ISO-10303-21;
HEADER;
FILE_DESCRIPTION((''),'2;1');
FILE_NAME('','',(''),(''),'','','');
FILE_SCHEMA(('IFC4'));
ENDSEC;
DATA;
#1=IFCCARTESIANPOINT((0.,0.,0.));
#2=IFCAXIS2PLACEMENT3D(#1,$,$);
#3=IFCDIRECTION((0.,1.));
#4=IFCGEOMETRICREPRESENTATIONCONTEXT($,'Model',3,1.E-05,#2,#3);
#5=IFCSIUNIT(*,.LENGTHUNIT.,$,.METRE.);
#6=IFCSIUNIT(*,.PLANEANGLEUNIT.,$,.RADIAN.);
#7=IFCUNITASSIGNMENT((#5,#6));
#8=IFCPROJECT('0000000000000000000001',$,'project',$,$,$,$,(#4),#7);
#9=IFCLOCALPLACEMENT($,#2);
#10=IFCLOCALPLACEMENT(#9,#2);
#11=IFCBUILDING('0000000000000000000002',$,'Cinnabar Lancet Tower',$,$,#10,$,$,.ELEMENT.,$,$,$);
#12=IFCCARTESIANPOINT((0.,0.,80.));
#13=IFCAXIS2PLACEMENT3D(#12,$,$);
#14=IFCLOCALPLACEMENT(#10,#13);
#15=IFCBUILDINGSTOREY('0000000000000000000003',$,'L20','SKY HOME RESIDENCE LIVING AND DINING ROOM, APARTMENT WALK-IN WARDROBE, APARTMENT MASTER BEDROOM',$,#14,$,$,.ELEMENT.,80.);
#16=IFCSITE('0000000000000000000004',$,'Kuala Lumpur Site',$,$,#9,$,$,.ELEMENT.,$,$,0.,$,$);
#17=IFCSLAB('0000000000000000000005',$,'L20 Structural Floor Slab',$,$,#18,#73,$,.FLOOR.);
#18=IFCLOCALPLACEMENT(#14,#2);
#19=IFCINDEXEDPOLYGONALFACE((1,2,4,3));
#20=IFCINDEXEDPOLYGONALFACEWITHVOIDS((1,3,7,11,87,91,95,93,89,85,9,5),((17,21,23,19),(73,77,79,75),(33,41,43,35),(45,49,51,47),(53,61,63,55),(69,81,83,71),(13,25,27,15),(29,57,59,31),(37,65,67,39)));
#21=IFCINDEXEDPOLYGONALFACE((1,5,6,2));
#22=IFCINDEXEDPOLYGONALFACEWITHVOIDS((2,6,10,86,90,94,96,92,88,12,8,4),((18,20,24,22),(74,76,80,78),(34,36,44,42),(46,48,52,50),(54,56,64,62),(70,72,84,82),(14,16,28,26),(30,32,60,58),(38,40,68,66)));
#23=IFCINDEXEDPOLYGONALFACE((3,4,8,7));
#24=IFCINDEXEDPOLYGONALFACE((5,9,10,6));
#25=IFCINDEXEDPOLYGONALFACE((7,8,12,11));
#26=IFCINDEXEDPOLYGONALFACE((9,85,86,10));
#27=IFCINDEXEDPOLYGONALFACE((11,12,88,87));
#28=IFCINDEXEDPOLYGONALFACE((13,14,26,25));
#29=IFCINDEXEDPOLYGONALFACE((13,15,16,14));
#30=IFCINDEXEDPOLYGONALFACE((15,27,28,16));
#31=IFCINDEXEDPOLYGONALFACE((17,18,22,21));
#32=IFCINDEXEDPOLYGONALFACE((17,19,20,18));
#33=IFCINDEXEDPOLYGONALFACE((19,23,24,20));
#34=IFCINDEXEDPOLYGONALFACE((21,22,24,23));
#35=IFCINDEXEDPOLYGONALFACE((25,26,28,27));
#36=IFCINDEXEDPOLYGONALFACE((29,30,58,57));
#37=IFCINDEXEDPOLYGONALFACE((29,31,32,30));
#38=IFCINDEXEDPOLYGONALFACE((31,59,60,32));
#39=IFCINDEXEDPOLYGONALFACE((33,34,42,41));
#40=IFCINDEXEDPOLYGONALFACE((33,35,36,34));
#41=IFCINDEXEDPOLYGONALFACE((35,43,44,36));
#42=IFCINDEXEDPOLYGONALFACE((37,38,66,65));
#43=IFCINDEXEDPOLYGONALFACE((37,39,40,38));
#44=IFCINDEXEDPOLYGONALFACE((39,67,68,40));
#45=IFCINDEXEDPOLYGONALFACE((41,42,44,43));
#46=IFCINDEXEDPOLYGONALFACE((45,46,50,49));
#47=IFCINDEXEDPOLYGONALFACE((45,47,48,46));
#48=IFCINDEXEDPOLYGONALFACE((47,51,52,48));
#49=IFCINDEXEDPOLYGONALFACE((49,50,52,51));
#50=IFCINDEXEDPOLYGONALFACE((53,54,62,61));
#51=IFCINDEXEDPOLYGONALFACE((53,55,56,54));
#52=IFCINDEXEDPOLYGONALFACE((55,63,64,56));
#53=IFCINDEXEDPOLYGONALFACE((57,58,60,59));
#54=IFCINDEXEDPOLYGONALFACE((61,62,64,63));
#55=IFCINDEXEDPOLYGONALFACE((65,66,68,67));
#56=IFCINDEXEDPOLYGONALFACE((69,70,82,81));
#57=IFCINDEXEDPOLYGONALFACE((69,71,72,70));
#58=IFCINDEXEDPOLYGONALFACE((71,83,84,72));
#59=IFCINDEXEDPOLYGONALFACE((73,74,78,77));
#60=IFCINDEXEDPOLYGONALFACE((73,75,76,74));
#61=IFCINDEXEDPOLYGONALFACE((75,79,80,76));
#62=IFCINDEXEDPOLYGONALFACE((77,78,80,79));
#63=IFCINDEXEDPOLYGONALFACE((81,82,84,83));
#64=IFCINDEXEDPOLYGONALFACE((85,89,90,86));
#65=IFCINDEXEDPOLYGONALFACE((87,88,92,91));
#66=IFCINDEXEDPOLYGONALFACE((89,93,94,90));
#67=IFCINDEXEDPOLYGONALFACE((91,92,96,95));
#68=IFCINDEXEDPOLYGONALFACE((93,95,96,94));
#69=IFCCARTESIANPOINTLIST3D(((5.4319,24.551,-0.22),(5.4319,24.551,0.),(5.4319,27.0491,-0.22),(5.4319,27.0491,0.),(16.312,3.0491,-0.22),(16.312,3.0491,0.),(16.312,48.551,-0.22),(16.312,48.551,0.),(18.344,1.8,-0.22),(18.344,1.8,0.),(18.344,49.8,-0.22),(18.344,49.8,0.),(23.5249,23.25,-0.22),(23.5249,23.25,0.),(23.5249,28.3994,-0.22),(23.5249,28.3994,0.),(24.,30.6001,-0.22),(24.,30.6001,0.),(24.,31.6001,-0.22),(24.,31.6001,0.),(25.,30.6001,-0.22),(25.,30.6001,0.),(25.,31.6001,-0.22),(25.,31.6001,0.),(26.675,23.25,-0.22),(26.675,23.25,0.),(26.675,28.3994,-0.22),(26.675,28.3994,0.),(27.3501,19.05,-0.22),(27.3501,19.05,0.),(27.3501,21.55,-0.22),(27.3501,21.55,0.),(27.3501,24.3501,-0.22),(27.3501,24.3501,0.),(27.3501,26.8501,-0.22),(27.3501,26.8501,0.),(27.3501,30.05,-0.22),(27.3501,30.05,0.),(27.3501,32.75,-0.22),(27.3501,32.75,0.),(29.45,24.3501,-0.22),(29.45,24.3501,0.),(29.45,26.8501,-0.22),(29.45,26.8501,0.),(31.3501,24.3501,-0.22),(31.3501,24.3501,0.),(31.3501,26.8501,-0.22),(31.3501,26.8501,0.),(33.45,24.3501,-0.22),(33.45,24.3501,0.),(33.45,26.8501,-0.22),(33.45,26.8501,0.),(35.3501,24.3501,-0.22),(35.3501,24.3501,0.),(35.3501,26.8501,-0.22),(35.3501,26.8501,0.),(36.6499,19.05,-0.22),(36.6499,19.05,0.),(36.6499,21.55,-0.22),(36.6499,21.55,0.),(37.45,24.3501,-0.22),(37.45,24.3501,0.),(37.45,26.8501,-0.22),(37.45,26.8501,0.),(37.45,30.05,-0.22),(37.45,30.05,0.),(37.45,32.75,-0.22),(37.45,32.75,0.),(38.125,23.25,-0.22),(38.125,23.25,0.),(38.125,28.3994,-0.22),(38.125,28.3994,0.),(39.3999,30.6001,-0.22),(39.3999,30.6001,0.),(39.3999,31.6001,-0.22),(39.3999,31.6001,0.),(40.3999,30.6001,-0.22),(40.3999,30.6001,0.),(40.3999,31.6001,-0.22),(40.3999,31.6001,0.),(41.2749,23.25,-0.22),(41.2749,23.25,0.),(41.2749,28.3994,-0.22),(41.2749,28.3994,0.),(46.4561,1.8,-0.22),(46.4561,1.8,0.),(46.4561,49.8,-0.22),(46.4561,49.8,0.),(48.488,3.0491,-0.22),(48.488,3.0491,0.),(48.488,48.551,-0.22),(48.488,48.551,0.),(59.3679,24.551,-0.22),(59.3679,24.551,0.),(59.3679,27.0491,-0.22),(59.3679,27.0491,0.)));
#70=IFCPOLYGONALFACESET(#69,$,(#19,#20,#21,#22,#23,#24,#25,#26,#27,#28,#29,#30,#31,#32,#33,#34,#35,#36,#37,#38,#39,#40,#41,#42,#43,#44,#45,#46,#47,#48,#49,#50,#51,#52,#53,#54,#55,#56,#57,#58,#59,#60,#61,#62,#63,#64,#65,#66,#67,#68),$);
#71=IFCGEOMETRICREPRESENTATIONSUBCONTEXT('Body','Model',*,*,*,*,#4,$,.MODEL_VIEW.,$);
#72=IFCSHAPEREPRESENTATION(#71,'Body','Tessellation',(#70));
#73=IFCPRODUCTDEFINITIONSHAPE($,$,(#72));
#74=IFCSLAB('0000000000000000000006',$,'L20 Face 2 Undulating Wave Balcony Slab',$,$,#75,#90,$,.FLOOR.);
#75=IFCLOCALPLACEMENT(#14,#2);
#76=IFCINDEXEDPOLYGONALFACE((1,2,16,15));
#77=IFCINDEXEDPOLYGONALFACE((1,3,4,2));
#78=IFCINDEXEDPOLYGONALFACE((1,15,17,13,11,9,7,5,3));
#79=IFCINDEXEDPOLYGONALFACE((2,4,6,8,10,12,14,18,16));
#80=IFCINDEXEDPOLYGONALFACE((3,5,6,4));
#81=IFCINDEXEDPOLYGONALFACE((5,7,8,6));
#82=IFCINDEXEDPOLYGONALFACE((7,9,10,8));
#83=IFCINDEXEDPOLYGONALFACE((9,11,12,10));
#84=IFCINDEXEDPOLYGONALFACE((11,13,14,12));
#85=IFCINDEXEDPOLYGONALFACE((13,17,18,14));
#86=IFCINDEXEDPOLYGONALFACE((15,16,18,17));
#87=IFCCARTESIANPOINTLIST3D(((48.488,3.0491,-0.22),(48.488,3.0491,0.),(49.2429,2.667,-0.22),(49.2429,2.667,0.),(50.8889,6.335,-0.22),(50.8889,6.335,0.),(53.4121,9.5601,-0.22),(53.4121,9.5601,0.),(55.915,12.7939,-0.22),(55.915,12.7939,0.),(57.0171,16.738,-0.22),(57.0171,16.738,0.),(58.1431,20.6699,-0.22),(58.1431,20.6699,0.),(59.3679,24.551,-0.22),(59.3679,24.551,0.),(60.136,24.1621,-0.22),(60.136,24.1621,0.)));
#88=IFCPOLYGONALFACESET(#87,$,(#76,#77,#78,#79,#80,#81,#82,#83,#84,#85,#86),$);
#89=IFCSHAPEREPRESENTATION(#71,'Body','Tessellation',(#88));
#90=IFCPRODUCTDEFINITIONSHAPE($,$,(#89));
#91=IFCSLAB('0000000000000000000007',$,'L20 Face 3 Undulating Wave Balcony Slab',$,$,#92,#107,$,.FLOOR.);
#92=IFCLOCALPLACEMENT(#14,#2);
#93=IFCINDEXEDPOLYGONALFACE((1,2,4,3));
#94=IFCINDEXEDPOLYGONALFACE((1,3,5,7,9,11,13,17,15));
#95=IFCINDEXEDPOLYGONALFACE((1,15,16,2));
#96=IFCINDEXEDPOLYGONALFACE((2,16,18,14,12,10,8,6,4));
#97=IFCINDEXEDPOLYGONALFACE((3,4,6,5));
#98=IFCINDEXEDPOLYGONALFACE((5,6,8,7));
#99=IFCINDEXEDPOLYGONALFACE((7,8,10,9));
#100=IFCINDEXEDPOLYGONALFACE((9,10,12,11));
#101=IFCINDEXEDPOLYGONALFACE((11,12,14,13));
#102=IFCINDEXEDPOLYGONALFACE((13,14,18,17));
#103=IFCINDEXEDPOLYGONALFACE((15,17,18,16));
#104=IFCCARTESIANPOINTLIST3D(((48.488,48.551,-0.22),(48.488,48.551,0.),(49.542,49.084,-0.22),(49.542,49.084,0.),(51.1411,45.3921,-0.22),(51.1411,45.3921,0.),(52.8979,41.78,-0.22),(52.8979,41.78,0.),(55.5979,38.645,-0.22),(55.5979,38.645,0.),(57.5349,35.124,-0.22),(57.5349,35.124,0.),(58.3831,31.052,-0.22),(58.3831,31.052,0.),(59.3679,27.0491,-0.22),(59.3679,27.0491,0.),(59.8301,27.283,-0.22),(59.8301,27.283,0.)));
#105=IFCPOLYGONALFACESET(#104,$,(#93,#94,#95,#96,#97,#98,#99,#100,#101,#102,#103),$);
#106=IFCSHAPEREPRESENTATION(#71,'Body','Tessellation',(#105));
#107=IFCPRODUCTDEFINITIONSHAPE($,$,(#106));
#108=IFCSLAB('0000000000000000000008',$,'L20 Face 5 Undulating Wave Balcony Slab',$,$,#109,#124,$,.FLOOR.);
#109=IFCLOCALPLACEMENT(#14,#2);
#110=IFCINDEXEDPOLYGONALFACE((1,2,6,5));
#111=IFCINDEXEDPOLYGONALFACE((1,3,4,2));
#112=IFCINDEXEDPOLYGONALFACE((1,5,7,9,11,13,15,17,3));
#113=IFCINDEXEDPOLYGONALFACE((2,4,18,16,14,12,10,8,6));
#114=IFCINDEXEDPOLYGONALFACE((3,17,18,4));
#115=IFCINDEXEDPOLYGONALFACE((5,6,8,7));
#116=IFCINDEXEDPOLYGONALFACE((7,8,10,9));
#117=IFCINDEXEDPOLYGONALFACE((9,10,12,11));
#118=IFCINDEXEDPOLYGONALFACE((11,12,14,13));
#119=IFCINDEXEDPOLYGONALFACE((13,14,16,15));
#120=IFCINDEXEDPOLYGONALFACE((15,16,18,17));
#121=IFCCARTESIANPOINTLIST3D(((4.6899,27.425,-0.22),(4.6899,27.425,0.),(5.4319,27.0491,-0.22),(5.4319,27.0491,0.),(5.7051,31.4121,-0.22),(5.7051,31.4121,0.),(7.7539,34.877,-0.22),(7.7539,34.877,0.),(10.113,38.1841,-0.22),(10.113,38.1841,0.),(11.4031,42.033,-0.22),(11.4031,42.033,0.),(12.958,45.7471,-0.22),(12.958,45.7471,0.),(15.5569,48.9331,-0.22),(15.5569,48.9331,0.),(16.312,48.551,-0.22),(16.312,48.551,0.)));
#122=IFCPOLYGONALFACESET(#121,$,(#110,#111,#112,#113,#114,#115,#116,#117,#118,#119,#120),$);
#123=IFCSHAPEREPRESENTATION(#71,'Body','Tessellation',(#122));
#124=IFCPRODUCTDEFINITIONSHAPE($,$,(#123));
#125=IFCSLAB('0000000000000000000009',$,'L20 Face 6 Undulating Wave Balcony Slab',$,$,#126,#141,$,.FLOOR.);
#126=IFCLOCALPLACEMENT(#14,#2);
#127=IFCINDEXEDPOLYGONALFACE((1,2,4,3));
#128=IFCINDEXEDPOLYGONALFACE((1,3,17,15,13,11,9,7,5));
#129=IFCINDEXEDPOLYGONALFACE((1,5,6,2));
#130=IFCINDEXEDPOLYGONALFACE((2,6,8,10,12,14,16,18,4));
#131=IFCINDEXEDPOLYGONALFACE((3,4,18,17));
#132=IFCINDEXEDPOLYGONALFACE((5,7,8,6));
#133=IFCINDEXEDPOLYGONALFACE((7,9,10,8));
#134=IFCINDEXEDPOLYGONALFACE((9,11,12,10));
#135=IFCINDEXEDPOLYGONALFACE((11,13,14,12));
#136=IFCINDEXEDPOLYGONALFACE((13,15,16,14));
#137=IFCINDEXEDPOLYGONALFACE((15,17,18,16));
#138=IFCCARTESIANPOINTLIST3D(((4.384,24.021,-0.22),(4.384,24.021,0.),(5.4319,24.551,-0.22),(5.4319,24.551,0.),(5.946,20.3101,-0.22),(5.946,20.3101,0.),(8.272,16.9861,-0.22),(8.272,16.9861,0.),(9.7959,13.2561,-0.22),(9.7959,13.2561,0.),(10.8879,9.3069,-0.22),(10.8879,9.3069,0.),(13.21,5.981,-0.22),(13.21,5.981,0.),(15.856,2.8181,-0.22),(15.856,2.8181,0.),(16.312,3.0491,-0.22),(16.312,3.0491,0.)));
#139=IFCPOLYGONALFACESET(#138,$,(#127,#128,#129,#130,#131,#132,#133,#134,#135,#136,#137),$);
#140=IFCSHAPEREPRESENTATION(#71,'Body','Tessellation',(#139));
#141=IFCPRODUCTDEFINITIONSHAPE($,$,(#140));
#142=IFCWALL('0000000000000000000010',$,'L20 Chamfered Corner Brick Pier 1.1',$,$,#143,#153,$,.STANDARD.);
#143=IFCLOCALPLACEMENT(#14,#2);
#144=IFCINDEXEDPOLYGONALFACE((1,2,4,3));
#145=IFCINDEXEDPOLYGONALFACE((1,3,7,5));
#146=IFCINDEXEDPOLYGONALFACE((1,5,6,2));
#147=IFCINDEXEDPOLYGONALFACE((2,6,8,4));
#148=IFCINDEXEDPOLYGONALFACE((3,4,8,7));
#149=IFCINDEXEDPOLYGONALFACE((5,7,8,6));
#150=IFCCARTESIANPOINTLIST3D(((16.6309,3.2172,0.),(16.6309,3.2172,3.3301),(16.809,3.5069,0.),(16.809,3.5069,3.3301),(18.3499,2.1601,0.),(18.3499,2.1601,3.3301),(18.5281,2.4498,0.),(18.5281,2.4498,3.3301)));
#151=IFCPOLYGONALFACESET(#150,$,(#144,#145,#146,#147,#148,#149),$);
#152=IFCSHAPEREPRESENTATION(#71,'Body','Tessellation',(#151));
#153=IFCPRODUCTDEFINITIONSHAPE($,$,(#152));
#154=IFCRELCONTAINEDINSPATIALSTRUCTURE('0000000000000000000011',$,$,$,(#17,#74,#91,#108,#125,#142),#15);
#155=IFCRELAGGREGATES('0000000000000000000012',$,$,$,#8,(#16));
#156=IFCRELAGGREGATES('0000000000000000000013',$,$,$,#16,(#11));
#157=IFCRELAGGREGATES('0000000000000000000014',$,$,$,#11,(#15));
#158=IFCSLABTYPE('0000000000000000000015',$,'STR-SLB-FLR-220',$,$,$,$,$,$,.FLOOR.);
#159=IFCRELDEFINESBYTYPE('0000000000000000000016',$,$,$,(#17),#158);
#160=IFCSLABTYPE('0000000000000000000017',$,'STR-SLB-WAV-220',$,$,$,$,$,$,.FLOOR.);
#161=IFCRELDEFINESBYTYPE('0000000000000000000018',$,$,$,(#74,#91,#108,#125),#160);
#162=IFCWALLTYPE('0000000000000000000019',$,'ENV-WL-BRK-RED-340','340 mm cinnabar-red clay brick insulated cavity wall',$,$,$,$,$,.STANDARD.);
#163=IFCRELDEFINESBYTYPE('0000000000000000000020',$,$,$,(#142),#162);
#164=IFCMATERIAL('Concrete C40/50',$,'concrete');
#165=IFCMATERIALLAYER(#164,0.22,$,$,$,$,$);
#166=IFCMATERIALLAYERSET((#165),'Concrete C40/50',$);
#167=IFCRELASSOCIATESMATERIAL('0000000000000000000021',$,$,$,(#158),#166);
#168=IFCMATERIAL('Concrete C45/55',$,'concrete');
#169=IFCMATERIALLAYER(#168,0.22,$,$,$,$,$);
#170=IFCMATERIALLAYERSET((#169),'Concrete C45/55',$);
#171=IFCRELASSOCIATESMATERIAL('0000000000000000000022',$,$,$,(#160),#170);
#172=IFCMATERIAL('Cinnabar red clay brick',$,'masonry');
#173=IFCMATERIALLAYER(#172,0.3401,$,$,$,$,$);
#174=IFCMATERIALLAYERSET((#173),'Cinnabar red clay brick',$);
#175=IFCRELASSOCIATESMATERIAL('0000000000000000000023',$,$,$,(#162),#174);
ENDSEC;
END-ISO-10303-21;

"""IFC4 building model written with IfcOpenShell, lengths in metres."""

from ifc_helpers import new_model, si_unit, direction, frame, frame_2d, origin, place, context, subcontext, project, spatial, polyline, rectangle, outline, extrude, material, layer, layer_set, type_object, element, save


model = new_model("IFC4")

# Units and contexts
model_context = context("Model", 3, precision=1e-05, world=origin(), true_north=direction((0.0, 1.0)))
body_context = subcontext(model_context, "Body", "Model", "MODEL_VIEW")
ifc_project = project(units=[si_unit("LENGTHUNIT", "METRE"), si_unit("PLANEANGLEUNIT", "RADIAN")], contexts=[model_context])

# Site, building, storey
site_placement = place(None, origin())
site = spatial("IfcSite", under=ifc_project, at=site_placement, Name="Kuala Lumpur Site", CompositionType="ELEMENT", RefElevation=0.0)
building_placement = place(site_placement, origin())
building = spatial("IfcBuilding", under=site, at=building_placement, Name="Cinnabar Lancet Tower", CompositionType="ELEMENT")
storey_placement = place(building_placement, frame((0.0, 0.0, 80.0)))
storey = spatial("IfcBuildingStorey", under=building, at=storey_placement, Name="L20", Description="SKY HOME RESIDENCE LIVING AND DINING ROOM, APARTMENT WALK-IN WARDROBE, APARTMENT MASTER BEDROOM", CompositionType="ELEMENT", Elevation=80.0)

# Slabs
ifc_material_1 = material(Name="Concrete C40/50", Category="concrete")
ifc_layer_1 = layer(ifc_material_1, 0.22)
ifc_layer_set_1 = layer_set([ifc_layer_1], Name="Concrete C40/50")
slab_type_1 = type_object("IfcSlabType", Name="STR-SLB-FLR-220", PredefinedType="FLOOR", material=ifc_layer_set_1)
slab_1_placement = place(storey_placement, frame((0.0, 0.0, -0.22)))
element("IfcSlab", 1, at=slab_1_placement, inside=storey, type_object=slab_type_1, Name="L20 Structural Floor Slab", PredefinedType="FLOOR", context=body_context, shape_type="SweptSolid", body=[
    extrude(outline(polyline([(16.312, 3.0491), (18.344, 1.8), (46.4561, 1.8), (48.488, 3.0491), (59.3679, 24.551), (59.3679, 27.0491), (48.488, 48.551), (46.4561, 49.8), (18.344, 49.8), (16.312, 48.551), (5.4319, 27.0491), (5.4319, 24.551), (16.312, 3.0491)]), holes=[polyline([(23.5249, 23.25), (26.675, 23.25), (26.675, 28.3994), (23.5249, 28.3994), (23.5249, 23.25)]), polyline([(38.125, 23.25), (41.2749, 23.25), (41.2749, 28.3994), (38.125, 28.3994), (38.125, 23.25)]), polyline([(27.3501, 30.05), (37.45, 30.05), (37.45, 32.75), (27.3501, 32.75), (27.3501, 30.05)]), polyline([(27.3501, 19.05), (36.6499, 19.05), (36.6499, 21.55), (27.3501, 21.55), (27.3501, 19.05)]), polyline([(27.3501, 24.3501), (29.45, 24.3501), (29.45, 26.8501), (27.3501, 26.8501), (27.3501, 24.3501)]), polyline([(35.3501, 24.3501), (37.45, 24.3501), (37.45, 26.8501), (35.3501, 26.8501), (35.3501, 24.3501)]), polyline([(31.3501, 24.3501), (33.45, 24.3501), (33.45, 26.8501), (31.3501, 26.8501), (31.3501, 24.3501)]), polyline([(24.0, 30.6001), (25.0, 30.6001), (25.0, 31.6001), (24.0, 31.6001), (24.0, 30.6001)]), polyline([(39.3999, 30.6001), (40.3999, 30.6001), (40.3999, 31.6001), (39.3999, 31.6001), (39.3999, 30.6001)])]), origin(), (0.0, 0.0, 1.0), 0.22),
])
ifc_material_2 = material(Name="Concrete C45/55", Category="concrete")
ifc_layer_2 = layer(ifc_material_2, 0.22)
ifc_layer_set_2 = layer_set([ifc_layer_2], Name="Concrete C45/55")
slab_type_2 = type_object("IfcSlabType", Name="STR-SLB-WAV-220", PredefinedType="FLOOR", material=ifc_layer_set_2)
slab_2_placement = place(storey_placement, frame((0.0, 0.0, -0.22)))
element("IfcSlab", 2, at=slab_2_placement, inside=storey, type_object=slab_type_2, Name="L20 Face 2 Undulating Wave Balcony Slab", PredefinedType="FLOOR", context=body_context, shape_type="SweptSolid", body=[
    extrude(outline(polyline([(48.488, 3.0491), (49.2429, 2.667), (50.8889, 6.335), (53.4121, 9.5601), (55.915, 12.7939), (57.0171, 16.738), (58.1431, 20.6699), (60.136, 24.1621), (59.3679, 24.551), (48.488, 3.0491)])), origin(), (0.0, 0.0, 1.0), 0.22),
])
slab_3_placement = place(storey_placement, frame((0.0, 0.0, -0.22)))
element("IfcSlab", 3, at=slab_3_placement, inside=storey, type_object=slab_type_2, Name="L20 Face 3 Undulating Wave Balcony Slab", PredefinedType="FLOOR", context=body_context, shape_type="SweptSolid", body=[
    extrude(outline(polyline([(59.3679, 27.0491), (59.8301, 27.283), (58.3831, 31.052), (57.5349, 35.124), (55.5979, 38.645), (52.8979, 41.78), (51.1411, 45.3921), (49.542, 49.084), (48.488, 48.551), (59.3679, 27.0491)])), origin(), (0.0, 0.0, 1.0), 0.22),
])
slab_4_placement = place(storey_placement, frame((0.0, 0.0, -0.22)))
element("IfcSlab", 4, at=slab_4_placement, inside=storey, type_object=slab_type_2, Name="L20 Face 5 Undulating Wave Balcony Slab", PredefinedType="FLOOR", context=body_context, shape_type="SweptSolid", body=[
    extrude(outline(polyline([(16.312, 48.551), (15.5569, 48.9331), (12.958, 45.7471), (11.4031, 42.033), (10.113, 38.1841), (7.7539, 34.877), (5.7051, 31.4121), (4.6899, 27.425), (5.4319, 27.0491), (16.312, 48.551)])), origin(), (0.0, 0.0, 1.0), 0.22),
])
slab_5_placement = place(storey_placement, frame((0.0, 0.0, -0.22)))
element("IfcSlab", 5, at=slab_5_placement, inside=storey, type_object=slab_type_2, Name="L20 Face 6 Undulating Wave Balcony Slab", PredefinedType="FLOOR", context=body_context, shape_type="SweptSolid", body=[
    extrude(outline(polyline([(5.4319, 24.551), (4.384, 24.021), (5.946, 20.3101), (8.272, 16.9861), (9.7959, 13.2561), (10.8879, 9.3069), (13.21, 5.981), (15.856, 2.8181), (16.312, 3.0491), (5.4319, 24.551)])), origin(), (0.0, 0.0, 1.0), 0.22),
])

# Wall
ifc_material_3 = material(Name="Cinnabar red clay brick", Category="masonry")
ifc_layer_3 = layer(ifc_material_3, 0.3401)
ifc_layer_set_3 = layer_set([ifc_layer_3], Name="Cinnabar red clay brick")
wall_type = type_object("IfcWallType", Name="ENV-WL-BRK-RED-340", Description="340 mm cinnabar-red clay brick insulated cavity wall", PredefinedType="STANDARD", material=ifc_layer_set_3)
wall_1_placement = place(storey_placement, frame((16.72, 3.3621, 0.0), z_axis=(0.0, 0.0, 1.0), x_axis=(0.851816, -0.523841, 0.0)))
element("IfcWall", 6, at=wall_1_placement, inside=storey, type_object=wall_type, Name="L20 Chamfered Corner Brick Pier 1.1", PredefinedType="STANDARD", context=body_context, shape_type="SweptSolid", body=[
    extrude(rectangle(XDim=2.0181, YDim=0.3401, at=frame_2d((1.009, 0.0))), origin(), (0.0, 0.0, 1.0), 3.3301),
])

save(model, "model.ifc")
